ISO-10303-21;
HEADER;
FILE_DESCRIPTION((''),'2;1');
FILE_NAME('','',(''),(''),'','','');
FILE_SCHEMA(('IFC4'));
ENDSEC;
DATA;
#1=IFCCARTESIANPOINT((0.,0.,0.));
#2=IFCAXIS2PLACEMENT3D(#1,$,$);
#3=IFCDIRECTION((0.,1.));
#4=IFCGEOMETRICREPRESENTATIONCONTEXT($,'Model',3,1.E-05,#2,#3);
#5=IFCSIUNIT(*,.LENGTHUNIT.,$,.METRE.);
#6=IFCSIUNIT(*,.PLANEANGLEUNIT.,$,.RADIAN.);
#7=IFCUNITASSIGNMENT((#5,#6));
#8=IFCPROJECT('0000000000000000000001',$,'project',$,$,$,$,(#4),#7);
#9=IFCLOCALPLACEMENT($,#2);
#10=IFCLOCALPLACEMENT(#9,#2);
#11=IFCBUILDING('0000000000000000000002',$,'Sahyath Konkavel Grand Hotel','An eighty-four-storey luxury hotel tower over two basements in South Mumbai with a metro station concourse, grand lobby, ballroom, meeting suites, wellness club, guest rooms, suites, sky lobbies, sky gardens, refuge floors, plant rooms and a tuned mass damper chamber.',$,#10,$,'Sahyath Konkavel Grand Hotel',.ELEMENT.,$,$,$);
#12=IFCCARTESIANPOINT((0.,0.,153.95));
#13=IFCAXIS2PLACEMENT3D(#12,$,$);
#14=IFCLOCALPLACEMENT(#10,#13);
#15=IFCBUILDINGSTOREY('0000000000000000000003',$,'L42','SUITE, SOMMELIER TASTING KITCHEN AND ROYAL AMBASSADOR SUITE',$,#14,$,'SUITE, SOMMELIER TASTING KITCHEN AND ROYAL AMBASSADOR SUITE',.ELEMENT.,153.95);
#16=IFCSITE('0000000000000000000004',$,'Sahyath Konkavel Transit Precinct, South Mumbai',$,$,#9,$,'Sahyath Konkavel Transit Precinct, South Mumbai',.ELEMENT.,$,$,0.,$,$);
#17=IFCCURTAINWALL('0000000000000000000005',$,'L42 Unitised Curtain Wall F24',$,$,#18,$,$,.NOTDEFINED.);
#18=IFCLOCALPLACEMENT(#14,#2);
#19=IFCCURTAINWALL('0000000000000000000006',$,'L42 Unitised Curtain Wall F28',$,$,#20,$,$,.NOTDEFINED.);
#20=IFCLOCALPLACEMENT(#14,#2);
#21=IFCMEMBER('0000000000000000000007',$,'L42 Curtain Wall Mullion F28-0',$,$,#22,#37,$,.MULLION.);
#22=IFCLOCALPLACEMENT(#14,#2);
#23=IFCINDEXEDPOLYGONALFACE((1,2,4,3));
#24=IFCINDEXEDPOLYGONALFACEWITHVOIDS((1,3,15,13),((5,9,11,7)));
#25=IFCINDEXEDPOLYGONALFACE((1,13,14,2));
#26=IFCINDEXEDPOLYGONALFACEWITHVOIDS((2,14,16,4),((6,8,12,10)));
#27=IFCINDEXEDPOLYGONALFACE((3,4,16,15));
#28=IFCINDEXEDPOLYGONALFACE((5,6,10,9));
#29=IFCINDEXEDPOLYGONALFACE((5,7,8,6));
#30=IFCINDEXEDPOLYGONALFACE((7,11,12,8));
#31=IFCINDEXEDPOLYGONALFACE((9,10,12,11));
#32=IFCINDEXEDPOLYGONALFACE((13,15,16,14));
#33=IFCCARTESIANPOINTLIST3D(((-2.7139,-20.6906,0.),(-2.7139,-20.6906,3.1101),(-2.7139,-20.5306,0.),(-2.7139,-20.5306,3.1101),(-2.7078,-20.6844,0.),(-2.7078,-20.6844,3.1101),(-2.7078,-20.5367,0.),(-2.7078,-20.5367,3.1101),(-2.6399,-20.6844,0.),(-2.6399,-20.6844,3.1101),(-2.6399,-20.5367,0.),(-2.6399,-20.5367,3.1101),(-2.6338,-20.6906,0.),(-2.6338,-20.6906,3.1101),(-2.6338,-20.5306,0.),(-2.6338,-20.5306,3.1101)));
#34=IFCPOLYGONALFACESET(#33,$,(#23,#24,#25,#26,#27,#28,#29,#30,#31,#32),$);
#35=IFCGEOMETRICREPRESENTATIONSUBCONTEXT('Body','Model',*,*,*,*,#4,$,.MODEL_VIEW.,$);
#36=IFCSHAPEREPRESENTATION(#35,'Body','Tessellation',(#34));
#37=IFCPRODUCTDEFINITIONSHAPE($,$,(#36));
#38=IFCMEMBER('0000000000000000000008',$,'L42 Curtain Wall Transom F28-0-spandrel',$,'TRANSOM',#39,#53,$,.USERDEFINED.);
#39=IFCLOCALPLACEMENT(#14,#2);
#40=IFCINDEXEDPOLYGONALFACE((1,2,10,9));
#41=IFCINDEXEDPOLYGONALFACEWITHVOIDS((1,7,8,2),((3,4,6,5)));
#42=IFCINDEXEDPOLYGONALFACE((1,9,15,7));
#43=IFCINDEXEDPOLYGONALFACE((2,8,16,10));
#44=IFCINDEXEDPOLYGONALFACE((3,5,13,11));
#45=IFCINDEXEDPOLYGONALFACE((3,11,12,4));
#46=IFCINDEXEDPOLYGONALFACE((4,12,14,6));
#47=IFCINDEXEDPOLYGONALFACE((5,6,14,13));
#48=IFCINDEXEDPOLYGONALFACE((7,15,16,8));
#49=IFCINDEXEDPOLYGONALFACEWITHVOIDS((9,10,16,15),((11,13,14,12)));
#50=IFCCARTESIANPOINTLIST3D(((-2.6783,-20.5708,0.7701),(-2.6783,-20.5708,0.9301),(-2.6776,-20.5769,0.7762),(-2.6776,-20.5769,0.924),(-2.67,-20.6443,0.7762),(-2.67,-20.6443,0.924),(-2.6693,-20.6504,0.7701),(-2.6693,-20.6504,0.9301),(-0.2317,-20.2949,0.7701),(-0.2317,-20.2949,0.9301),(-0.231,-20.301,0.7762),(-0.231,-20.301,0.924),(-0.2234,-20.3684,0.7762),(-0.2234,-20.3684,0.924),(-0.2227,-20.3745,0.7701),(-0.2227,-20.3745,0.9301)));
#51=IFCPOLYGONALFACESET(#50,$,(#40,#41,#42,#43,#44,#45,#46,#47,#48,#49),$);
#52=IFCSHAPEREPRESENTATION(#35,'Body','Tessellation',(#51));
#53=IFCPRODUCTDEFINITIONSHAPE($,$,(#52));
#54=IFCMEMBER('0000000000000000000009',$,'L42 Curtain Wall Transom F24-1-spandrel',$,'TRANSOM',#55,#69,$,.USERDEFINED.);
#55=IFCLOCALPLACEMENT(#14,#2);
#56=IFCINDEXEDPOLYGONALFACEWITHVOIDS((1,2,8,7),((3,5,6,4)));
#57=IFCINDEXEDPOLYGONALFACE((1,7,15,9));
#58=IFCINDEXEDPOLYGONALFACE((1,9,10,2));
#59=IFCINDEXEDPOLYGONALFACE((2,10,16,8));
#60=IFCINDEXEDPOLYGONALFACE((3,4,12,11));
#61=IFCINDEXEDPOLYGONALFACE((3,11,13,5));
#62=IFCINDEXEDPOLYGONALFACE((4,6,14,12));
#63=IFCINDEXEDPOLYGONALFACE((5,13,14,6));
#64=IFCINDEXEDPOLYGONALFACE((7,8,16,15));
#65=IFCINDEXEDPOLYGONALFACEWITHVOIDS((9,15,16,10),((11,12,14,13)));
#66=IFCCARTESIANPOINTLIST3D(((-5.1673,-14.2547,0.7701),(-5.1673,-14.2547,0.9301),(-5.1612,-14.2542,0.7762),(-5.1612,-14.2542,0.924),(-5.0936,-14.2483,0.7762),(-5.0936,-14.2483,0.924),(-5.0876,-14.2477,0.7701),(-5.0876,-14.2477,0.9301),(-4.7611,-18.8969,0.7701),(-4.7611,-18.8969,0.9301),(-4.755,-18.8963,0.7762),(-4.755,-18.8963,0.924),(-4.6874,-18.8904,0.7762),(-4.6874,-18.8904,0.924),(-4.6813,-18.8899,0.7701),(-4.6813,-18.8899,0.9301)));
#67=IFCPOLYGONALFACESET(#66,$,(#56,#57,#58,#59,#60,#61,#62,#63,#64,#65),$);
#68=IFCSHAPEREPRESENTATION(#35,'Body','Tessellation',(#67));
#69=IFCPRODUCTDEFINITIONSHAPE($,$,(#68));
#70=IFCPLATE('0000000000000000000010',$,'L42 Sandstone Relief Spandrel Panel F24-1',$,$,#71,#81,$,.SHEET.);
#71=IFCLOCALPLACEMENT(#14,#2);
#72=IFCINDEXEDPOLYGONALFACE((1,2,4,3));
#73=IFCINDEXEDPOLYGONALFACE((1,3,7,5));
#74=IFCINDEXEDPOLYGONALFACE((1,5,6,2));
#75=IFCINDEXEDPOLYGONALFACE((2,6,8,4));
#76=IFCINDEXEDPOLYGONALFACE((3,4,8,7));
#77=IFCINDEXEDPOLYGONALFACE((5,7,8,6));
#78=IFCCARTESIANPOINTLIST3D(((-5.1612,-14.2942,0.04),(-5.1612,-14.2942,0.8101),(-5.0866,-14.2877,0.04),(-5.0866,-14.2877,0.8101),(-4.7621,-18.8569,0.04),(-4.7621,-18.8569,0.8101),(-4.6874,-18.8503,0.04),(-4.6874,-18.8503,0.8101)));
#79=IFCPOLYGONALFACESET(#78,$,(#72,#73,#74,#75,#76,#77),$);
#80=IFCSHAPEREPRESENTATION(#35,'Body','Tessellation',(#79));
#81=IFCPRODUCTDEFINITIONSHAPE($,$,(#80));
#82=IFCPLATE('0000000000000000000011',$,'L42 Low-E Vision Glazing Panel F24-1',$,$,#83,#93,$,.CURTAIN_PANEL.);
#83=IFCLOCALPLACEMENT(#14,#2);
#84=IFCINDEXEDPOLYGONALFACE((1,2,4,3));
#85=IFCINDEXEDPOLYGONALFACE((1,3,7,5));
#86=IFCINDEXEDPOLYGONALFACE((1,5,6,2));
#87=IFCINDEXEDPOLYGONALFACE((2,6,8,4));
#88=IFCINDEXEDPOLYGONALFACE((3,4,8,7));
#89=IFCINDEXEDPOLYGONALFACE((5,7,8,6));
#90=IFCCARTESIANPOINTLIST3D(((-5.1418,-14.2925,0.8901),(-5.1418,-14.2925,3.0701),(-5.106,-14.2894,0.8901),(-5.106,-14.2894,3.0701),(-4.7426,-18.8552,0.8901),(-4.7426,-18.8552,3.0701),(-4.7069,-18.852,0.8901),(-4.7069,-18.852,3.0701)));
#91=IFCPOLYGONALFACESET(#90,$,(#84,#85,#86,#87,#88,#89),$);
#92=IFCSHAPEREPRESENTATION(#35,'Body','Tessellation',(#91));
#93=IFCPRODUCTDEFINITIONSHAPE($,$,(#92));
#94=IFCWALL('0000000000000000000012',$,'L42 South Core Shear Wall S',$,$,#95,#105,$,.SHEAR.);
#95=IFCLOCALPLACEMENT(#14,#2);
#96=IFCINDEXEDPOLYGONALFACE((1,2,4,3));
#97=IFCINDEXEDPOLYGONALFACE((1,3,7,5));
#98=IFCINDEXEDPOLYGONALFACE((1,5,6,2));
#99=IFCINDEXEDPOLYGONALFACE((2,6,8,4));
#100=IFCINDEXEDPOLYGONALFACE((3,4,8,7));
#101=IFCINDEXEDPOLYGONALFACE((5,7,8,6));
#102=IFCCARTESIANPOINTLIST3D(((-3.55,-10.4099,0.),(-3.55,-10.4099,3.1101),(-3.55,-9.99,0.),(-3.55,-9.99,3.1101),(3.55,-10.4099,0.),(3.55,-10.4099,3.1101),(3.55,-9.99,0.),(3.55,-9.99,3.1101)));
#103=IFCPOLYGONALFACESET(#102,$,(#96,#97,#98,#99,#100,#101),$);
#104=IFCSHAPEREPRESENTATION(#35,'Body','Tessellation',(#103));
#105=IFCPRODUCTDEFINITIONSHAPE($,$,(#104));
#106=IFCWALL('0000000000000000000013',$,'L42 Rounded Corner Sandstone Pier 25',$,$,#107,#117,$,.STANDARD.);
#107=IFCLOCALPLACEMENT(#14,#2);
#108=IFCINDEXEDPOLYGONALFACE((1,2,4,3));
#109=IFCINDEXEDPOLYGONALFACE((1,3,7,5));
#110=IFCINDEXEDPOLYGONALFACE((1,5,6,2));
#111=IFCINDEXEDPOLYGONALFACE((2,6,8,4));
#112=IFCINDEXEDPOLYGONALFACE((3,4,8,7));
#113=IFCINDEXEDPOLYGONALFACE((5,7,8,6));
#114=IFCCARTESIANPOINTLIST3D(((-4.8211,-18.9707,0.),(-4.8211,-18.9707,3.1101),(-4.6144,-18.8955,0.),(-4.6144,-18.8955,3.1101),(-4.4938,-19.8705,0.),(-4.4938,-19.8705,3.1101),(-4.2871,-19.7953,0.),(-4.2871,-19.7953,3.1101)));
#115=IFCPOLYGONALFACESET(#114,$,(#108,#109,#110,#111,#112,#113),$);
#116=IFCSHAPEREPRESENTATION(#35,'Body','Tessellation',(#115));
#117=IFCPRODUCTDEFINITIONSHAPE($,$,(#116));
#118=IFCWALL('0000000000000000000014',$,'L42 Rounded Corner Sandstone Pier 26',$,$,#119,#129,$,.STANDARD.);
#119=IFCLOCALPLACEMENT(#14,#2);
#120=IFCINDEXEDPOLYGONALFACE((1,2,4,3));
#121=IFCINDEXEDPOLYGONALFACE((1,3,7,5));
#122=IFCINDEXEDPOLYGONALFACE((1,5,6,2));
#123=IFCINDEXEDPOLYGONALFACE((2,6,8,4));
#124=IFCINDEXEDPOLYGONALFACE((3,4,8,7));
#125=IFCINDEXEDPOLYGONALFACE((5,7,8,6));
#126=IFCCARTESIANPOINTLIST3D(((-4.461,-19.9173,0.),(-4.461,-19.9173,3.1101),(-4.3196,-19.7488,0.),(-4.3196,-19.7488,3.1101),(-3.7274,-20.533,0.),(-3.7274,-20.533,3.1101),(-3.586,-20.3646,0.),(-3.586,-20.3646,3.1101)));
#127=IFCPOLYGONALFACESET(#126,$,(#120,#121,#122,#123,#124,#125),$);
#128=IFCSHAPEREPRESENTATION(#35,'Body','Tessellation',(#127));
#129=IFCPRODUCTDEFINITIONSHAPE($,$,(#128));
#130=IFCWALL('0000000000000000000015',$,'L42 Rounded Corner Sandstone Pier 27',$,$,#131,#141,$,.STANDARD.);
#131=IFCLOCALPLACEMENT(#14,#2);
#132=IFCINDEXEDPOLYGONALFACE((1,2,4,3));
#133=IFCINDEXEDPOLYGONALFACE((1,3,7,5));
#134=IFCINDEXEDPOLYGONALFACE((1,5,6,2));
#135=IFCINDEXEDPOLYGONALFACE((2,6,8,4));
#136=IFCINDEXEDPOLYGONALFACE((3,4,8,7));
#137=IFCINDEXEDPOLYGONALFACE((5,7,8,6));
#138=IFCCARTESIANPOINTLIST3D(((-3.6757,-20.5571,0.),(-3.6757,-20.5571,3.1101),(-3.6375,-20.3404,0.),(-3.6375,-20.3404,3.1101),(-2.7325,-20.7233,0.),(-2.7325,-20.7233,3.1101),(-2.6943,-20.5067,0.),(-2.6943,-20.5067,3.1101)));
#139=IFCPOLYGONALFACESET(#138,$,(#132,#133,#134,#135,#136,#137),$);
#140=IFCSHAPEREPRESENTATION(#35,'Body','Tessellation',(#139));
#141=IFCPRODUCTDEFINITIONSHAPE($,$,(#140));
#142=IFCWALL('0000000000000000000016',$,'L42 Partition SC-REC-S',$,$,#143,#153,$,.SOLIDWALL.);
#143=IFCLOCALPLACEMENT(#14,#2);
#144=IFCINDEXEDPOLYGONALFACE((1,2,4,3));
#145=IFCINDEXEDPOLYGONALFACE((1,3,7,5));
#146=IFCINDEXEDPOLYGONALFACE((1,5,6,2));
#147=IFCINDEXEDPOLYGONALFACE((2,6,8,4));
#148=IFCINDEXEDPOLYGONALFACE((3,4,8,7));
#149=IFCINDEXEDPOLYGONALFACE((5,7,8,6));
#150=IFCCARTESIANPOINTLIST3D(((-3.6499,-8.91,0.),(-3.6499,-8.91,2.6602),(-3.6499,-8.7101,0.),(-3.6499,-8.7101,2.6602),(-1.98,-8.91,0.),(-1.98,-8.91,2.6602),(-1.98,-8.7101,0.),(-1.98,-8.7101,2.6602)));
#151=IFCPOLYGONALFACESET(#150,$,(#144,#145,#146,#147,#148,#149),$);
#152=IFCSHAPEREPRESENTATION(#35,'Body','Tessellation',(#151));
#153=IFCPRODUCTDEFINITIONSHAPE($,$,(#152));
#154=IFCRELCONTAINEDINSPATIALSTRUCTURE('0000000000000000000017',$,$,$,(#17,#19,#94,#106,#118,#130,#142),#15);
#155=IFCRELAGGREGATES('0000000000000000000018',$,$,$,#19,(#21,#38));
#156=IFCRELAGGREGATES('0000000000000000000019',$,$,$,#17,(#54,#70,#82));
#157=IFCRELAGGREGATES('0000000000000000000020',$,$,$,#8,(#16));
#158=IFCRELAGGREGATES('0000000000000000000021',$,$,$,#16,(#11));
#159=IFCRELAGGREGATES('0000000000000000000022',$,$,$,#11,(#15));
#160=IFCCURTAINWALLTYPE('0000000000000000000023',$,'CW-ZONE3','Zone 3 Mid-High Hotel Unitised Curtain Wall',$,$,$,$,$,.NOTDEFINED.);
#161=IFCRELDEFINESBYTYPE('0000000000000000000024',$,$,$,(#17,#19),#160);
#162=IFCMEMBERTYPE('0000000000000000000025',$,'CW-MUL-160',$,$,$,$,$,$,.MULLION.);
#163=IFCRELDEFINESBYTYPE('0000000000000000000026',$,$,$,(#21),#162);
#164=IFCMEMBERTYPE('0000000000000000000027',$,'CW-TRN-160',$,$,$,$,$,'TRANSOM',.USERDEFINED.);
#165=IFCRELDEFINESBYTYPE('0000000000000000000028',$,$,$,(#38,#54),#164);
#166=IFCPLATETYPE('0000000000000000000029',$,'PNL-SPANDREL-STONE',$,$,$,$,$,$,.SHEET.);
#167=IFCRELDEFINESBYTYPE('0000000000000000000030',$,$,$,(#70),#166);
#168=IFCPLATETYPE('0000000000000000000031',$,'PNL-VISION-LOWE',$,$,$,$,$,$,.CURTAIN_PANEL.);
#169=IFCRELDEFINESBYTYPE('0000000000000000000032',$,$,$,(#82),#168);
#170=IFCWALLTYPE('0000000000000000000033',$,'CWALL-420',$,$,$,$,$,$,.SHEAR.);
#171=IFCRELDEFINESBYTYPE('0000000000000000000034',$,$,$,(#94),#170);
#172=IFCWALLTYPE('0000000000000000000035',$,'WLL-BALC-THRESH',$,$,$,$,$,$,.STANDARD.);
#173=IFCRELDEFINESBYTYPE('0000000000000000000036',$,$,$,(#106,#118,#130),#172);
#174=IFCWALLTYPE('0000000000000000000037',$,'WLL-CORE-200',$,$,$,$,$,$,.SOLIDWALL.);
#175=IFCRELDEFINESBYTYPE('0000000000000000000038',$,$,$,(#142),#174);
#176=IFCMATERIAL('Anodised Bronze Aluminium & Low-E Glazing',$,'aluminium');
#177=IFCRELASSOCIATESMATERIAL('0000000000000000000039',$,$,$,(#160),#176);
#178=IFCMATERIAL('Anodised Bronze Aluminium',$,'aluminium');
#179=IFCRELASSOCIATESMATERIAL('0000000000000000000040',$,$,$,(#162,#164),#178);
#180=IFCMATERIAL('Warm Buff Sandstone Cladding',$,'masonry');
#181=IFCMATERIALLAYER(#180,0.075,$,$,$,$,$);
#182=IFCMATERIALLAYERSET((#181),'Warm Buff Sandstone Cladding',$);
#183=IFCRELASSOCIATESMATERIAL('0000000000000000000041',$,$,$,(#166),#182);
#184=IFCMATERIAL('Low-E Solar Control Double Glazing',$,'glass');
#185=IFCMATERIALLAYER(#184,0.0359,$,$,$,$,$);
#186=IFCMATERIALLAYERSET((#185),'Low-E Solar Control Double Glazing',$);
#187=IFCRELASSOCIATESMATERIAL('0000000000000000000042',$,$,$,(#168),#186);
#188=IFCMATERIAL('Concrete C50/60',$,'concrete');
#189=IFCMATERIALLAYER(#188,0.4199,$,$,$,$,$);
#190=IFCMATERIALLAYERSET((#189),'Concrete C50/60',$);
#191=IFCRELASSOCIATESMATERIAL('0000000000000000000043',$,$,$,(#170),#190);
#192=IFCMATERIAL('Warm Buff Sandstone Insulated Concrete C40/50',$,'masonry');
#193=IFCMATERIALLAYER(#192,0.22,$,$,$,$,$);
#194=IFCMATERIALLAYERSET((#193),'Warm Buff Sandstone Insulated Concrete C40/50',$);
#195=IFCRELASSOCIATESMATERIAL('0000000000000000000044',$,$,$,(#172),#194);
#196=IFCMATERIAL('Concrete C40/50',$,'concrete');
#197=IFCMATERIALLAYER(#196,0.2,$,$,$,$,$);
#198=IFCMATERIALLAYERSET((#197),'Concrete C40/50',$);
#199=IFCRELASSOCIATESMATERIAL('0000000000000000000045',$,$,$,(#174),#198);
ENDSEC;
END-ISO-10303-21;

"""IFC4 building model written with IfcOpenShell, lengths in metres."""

from ifc_helpers import new_model, si_unit, direction, frame, frame_2d, origin, origin_2d, place, context, subcontext, project, spatial, rectangle, hollow_rectangle, extrude, source, transform, mapped, material, layer, layer_set, material_profile, profile_set, type_object, element, aggregate, save


model = new_model("IFC4")

# Units and contexts
model_context = context("Model", 3, precision=1e-05, world=origin(), true_north=direction((0.0, 1.0)))
body_context = subcontext(model_context, "Body", "Model", "MODEL_VIEW")
ifc_project = project(units=[si_unit("LENGTHUNIT", "METRE"), si_unit("PLANEANGLEUNIT", "RADIAN")], contexts=[model_context])

# Site, building, storey
site_placement = place(None, origin())
site = spatial("IfcSite", under=ifc_project, at=site_placement, Name="Sahyath Konkavel Transit Precinct, South Mumbai", LongName="Sahyath Konkavel Transit Precinct, South Mumbai", CompositionType="ELEMENT", RefElevation=0.0)
building_placement = place(site_placement, origin())
building = spatial("IfcBuilding", under=site, at=building_placement, Name="Sahyath Konkavel Grand Hotel", Description="An eighty-four-storey luxury hotel tower over two basements in South Mumbai with a metro station concourse, grand lobby, ballroom, meeting suites, wellness club, guest rooms, suites, sky lobbies, sky gardens, refuge floors, plant rooms and a tuned mass damper chamber.", LongName="Sahyath Konkavel Grand Hotel", CompositionType="ELEMENT")
storey_placement = place(building_placement, frame((0.0, 0.0, 153.95)))
storey = spatial("IfcBuildingStorey", under=building, at=storey_placement, Name="L42", Description="SUITE, SOMMELIER TASTING KITCHEN AND ROYAL AMBASSADOR SUITE", LongName="SUITE, SOMMELIER TASTING KITCHEN AND ROYAL AMBASSADOR SUITE", CompositionType="ELEMENT", Elevation=153.95)

# Shared definitions
ifc_material_1 = material(Name="Concrete C50/60", Category="concrete")
ifc_material_2 = material(Name="Concrete C40/50", Category="concrete")

# Curtain walls, members
ifc_material_3 = material(Name="Anodised Bronze Aluminium & Low-E Glazing", Category="aluminium")
curtain_wall_type = type_object("IfcCurtainWallType", Name="CW-ZONE3", Description="Zone 3 Mid-High Hotel Unitised Curtain Wall", PredefinedType="NOTDEFINED", material=ifc_material_3)
curtain_wall_1_placement = place(storey_placement, origin())
curtain_wall_1 = element("IfcCurtainWall", 1, at=curtain_wall_1_placement, inside=storey, type_object=curtain_wall_type, Name="L42 Unitised Curtain Wall F24", PredefinedType="NOTDEFINED")
ifc_material_4 = material(Name="Anodised Bronze Aluminium", Category="aluminium")
ifc_material_profile_1 = material_profile(ifc_material_4, hollow_rectangle(XDim=0.0801, YDim=0.1599, WallThickness=0.0061, at=origin_2d()), Name="RHS 160x80x6")
ifc_profile_set_1 = profile_set([ifc_material_profile_1], Name="Anodised Bronze Aluminium")
member_type_1 = type_object("IfcMemberType", Name="CW-MUL-160", PredefinedType="MULLION", material=ifc_profile_set_1)
shared_shape_1 = source(origin(), body_context, "Body", "SweptSolid", [
    extrude(hollow_rectangle(XDim=0.0801, YDim=0.1599, WallThickness=0.0061, at=origin_2d()), origin(), (0.0, 0.0, 1.0), 3.1101),
])
curtain_wall_2_placement = place(storey_placement, origin())
curtain_wall_2 = element("IfcCurtainWall", 2, at=curtain_wall_2_placement, inside=storey, type_object=curtain_wall_type, Name="L42 Unitised Curtain Wall F28", PredefinedType="NOTDEFINED")
member_1_placement = place(storey_placement, frame((-2.6738, -20.6106, 0.0), z_axis=(0.0, 0.0, 1.0), x_axis=(1.0, 0.0, 0.0)))
member_1 = element("IfcMember", 3, at=member_1_placement, type_object=member_type_1, Name="L42 Curtain Wall Mullion F28-0", PredefinedType="MULLION", context=body_context, shape_type="MappedRepresentation", body=[
    mapped(shared_shape_1, transform((0.0, 0.0, 0.0), scale=1.0)),
])
ifc_material_profile_2 = material_profile(ifc_material_4, hollow_rectangle(XDim=0.0801, YDim=0.1599, WallThickness=0.0061, at=origin_2d()), Name="RHS 160x80x6")
ifc_profile_set_2 = profile_set([ifc_material_profile_2], Name="Anodised Bronze Aluminium")
member_type_2 = type_object("IfcMemberType", Name="CW-TRN-160", ElementType="TRANSOM", PredefinedType="USERDEFINED", material=ifc_profile_set_2)
shared_shape_2 = source(origin(), body_context, "Body", "SweptSolid", [
    extrude(hollow_rectangle(XDim=0.0801, YDim=0.1599, WallThickness=0.0061, at=origin_2d()), origin(), (0.0, 0.0, 1.0), 2.4622),
])
member_2_placement = place(storey_placement, frame((-2.6738, -20.6106, 0.8501), z_axis=(0.993702, 0.112053, 0.0), x_axis=(-0.112053, 0.993702, 0.0)))
member_2 = element("IfcMember", 4, at=member_2_placement, type_object=member_type_2, Name="L42 Curtain Wall Transom F28-0-spandrel", ObjectType="TRANSOM", PredefinedType="USERDEFINED", context=body_context, shape_type="MappedRepresentation", body=[
    mapped(shared_shape_2, transform((0.0, 0.0, 0.0), scale=1.0)),
])
aggregate(curtain_wall_2, [member_1, member_2])

# Member
shared_shape_3 = source(origin(), body_context, "Body", "SweptSolid", [
    extrude(hollow_rectangle(XDim=0.0801, YDim=0.1599, WallThickness=0.0061, at=origin_2d()), origin(), (0.0, 0.0, 1.0), 4.6599),
])
member_3_placement = place(storey_placement, frame((-5.1274, -14.2512, 0.8501), z_axis=(0.087181, -0.996192, 0.0), x_axis=(0.996192, 0.087181, 0.0)))
member_3 = element("IfcMember", 5, at=member_3_placement, type_object=member_type_2, Name="L42 Curtain Wall Transom F24-1-spandrel", ObjectType="TRANSOM", PredefinedType="USERDEFINED", context=body_context, shape_type="MappedRepresentation", body=[
    mapped(shared_shape_3, transform((0.0, 0.0, 0.0), scale=1.0)),
])

# Plates
ifc_material_5 = material(Name="Warm Buff Sandstone Cladding", Category="masonry")
ifc_layer_1 = layer(ifc_material_5, 0.075)
ifc_layer_set_1 = layer_set([ifc_layer_1], Name="Warm Buff Sandstone Cladding")
plate_type_1 = type_object("IfcPlateType", Name="PNL-SPANDREL-STONE", PredefinedType="SHEET", material=ifc_layer_set_1)
shared_shape_4 = source(origin(), body_context, "Body", "SweptSolid", [
    extrude(rectangle(XDim=4.5801, YDim=0.075, at=origin_2d()), origin(), (0.0, 0.0, 1.0), 0.77),
])
plate_1_placement = place(storey_placement, frame((-4.9243, -16.5723, 0.04), z_axis=(0.0, 0.0, 1.0), x_axis=(0.087156, -0.996195, 0.0)))
plate_1 = element("IfcPlate", 6, at=plate_1_placement, type_object=plate_type_1, Name="L42 Sandstone Relief Spandrel Panel F24-1", PredefinedType="SHEET", context=body_context, shape_type="MappedRepresentation", body=[
    mapped(shared_shape_4, transform((0.0, 0.0, 0.0), scale=1.0)),
])
ifc_material_6 = material(Name="Low-E Solar Control Double Glazing", Category="glass")
ifc_layer_2 = layer(ifc_material_6, 0.0359)
ifc_layer_set_2 = layer_set([ifc_layer_2], Name="Low-E Solar Control Double Glazing")
plate_type_2 = type_object("IfcPlateType", Name="PNL-VISION-LOWE", PredefinedType="CURTAIN_PANEL", material=ifc_layer_set_2)
shared_shape_5 = source(origin(), body_context, "Body", "SweptSolid", [
    extrude(rectangle(XDim=4.5801, YDim=0.0359, at=origin_2d()), origin(), (0.0, 0.0, 1.0), 2.1799),
])
plate_2_placement = place(storey_placement, frame((-4.9243, -16.5723, 0.8901), z_axis=(0.0, 0.0, 1.0), x_axis=(0.087156, -0.996195, 0.0)))
plate_2 = element("IfcPlate", 7, at=plate_2_placement, type_object=plate_type_2, Name="L42 Low-E Vision Glazing Panel F24-1", PredefinedType="CURTAIN_PANEL", context=body_context, shape_type="MappedRepresentation", body=[
    mapped(shared_shape_5, transform((0.0, 0.0, 0.0), scale=1.0)),
])
aggregate(curtain_wall_1, [member_3, plate_1, plate_2])

# Walls
ifc_layer_3 = layer(ifc_material_1, 0.4199)
ifc_layer_set_3 = layer_set([ifc_layer_3], Name="Concrete C50/60")
wall_type_1 = type_object("IfcWallType", Name="CWALL-420", PredefinedType="SHEAR", material=ifc_layer_set_3)
wall_1_placement = place(storey_placement, frame((-3.55, -10.2, 0.0), z_axis=(0.0, 0.0, 1.0), x_axis=(1.0, 0.0, 0.0)))
element("IfcWall", 8, at=wall_1_placement, inside=storey, type_object=wall_type_1, Name="L42 South Core Shear Wall S", PredefinedType="SHEAR", context=body_context, shape_type="SweptSolid", body=[
    extrude(rectangle(XDim=7.1001, YDim=0.4199, at=frame_2d((3.55, 0.0))), origin(), (0.0, 0.0, 1.0), 3.1101),
])
ifc_material_7 = material(Name="Warm Buff Sandstone Insulated Concrete C40/50", Category="masonry")
ifc_layer_4 = layer(ifc_material_7, 0.22)
ifc_layer_set_4 = layer_set([ifc_layer_4], Name="Warm Buff Sandstone Insulated Concrete C40/50")
wall_type_2 = type_object("IfcWallType", Name="WLL-BALC-THRESH", PredefinedType="STANDARD", material=ifc_layer_set_4)
wall_2_placement = place(storey_placement, frame((-4.7178, -18.9331, 0.0), z_axis=(0.0, 0.0, 1.0), x_axis=(0.341886, -0.939741, 0.0)))
element("IfcWall", 9, at=wall_2_placement, inside=storey, type_object=wall_type_2, Name="L42 Rounded Corner Sandstone Pier 25", PredefinedType="STANDARD", context=body_context, shape_type="SweptSolid", body=[
    extrude(rectangle(XDim=0.9575, YDim=0.22, at=frame_2d((0.4788, 0.0))), origin(), (0.0, 0.0, 1.0), 3.1101),
])
for number, where, z_axis, x_axis, name in (
    (10, (-4.3904, -19.833, 0.0), (0.0, 0.0, 1.0), (0.765981, -0.642863, 0.0), "L42 Rounded Corner Sandstone Pier 26"),
    (11, (-3.6567, -20.4487, 0.0), (0.0, 0.0, 1.0), (0.984814, -0.173611, 0.0), "L42 Rounded Corner Sandstone Pier 27"),
):
    element("IfcWall", number, at=place(storey_placement, frame(where, z_axis=z_axis, x_axis=x_axis)), inside=storey, type_object=wall_type_2, Name=name, PredefinedType="STANDARD", context=body_context, shape_type="SweptSolid", body=[
        extrude(rectangle(XDim=0.9578, YDim=0.22, at=frame_2d((0.479, 0.0))), origin(), (0.0, 0.0, 1.0), 3.1101),
    ])

# Shared definitions
ifc_layer_5 = layer(ifc_material_2, 0.2)
ifc_layer_set_5 = layer_set([ifc_layer_5], Name="Concrete C40/50")
wall_type_3 = type_object("IfcWallType", Name="WLL-CORE-200", PredefinedType="SOLIDWALL", material=ifc_layer_set_5)

# Wall
wall_3_placement = place(storey_placement, frame((-3.6499, -8.8101, 0.0), z_axis=(0.0, 0.0, 1.0), x_axis=(1.0, 0.0, 0.0)))
element("IfcWall", 12, at=wall_3_placement, inside=storey, type_object=wall_type_3, Name="L42 Partition SC-REC-S", PredefinedType="SOLIDWALL", context=body_context, shape_type="SweptSolid", body=[
    extrude(rectangle(XDim=1.6699, YDim=0.2, at=frame_2d((0.835, 0.0))), origin(), (0.0, 0.0, 1.0), 2.6602),
])

save(model, "model.ifc")
